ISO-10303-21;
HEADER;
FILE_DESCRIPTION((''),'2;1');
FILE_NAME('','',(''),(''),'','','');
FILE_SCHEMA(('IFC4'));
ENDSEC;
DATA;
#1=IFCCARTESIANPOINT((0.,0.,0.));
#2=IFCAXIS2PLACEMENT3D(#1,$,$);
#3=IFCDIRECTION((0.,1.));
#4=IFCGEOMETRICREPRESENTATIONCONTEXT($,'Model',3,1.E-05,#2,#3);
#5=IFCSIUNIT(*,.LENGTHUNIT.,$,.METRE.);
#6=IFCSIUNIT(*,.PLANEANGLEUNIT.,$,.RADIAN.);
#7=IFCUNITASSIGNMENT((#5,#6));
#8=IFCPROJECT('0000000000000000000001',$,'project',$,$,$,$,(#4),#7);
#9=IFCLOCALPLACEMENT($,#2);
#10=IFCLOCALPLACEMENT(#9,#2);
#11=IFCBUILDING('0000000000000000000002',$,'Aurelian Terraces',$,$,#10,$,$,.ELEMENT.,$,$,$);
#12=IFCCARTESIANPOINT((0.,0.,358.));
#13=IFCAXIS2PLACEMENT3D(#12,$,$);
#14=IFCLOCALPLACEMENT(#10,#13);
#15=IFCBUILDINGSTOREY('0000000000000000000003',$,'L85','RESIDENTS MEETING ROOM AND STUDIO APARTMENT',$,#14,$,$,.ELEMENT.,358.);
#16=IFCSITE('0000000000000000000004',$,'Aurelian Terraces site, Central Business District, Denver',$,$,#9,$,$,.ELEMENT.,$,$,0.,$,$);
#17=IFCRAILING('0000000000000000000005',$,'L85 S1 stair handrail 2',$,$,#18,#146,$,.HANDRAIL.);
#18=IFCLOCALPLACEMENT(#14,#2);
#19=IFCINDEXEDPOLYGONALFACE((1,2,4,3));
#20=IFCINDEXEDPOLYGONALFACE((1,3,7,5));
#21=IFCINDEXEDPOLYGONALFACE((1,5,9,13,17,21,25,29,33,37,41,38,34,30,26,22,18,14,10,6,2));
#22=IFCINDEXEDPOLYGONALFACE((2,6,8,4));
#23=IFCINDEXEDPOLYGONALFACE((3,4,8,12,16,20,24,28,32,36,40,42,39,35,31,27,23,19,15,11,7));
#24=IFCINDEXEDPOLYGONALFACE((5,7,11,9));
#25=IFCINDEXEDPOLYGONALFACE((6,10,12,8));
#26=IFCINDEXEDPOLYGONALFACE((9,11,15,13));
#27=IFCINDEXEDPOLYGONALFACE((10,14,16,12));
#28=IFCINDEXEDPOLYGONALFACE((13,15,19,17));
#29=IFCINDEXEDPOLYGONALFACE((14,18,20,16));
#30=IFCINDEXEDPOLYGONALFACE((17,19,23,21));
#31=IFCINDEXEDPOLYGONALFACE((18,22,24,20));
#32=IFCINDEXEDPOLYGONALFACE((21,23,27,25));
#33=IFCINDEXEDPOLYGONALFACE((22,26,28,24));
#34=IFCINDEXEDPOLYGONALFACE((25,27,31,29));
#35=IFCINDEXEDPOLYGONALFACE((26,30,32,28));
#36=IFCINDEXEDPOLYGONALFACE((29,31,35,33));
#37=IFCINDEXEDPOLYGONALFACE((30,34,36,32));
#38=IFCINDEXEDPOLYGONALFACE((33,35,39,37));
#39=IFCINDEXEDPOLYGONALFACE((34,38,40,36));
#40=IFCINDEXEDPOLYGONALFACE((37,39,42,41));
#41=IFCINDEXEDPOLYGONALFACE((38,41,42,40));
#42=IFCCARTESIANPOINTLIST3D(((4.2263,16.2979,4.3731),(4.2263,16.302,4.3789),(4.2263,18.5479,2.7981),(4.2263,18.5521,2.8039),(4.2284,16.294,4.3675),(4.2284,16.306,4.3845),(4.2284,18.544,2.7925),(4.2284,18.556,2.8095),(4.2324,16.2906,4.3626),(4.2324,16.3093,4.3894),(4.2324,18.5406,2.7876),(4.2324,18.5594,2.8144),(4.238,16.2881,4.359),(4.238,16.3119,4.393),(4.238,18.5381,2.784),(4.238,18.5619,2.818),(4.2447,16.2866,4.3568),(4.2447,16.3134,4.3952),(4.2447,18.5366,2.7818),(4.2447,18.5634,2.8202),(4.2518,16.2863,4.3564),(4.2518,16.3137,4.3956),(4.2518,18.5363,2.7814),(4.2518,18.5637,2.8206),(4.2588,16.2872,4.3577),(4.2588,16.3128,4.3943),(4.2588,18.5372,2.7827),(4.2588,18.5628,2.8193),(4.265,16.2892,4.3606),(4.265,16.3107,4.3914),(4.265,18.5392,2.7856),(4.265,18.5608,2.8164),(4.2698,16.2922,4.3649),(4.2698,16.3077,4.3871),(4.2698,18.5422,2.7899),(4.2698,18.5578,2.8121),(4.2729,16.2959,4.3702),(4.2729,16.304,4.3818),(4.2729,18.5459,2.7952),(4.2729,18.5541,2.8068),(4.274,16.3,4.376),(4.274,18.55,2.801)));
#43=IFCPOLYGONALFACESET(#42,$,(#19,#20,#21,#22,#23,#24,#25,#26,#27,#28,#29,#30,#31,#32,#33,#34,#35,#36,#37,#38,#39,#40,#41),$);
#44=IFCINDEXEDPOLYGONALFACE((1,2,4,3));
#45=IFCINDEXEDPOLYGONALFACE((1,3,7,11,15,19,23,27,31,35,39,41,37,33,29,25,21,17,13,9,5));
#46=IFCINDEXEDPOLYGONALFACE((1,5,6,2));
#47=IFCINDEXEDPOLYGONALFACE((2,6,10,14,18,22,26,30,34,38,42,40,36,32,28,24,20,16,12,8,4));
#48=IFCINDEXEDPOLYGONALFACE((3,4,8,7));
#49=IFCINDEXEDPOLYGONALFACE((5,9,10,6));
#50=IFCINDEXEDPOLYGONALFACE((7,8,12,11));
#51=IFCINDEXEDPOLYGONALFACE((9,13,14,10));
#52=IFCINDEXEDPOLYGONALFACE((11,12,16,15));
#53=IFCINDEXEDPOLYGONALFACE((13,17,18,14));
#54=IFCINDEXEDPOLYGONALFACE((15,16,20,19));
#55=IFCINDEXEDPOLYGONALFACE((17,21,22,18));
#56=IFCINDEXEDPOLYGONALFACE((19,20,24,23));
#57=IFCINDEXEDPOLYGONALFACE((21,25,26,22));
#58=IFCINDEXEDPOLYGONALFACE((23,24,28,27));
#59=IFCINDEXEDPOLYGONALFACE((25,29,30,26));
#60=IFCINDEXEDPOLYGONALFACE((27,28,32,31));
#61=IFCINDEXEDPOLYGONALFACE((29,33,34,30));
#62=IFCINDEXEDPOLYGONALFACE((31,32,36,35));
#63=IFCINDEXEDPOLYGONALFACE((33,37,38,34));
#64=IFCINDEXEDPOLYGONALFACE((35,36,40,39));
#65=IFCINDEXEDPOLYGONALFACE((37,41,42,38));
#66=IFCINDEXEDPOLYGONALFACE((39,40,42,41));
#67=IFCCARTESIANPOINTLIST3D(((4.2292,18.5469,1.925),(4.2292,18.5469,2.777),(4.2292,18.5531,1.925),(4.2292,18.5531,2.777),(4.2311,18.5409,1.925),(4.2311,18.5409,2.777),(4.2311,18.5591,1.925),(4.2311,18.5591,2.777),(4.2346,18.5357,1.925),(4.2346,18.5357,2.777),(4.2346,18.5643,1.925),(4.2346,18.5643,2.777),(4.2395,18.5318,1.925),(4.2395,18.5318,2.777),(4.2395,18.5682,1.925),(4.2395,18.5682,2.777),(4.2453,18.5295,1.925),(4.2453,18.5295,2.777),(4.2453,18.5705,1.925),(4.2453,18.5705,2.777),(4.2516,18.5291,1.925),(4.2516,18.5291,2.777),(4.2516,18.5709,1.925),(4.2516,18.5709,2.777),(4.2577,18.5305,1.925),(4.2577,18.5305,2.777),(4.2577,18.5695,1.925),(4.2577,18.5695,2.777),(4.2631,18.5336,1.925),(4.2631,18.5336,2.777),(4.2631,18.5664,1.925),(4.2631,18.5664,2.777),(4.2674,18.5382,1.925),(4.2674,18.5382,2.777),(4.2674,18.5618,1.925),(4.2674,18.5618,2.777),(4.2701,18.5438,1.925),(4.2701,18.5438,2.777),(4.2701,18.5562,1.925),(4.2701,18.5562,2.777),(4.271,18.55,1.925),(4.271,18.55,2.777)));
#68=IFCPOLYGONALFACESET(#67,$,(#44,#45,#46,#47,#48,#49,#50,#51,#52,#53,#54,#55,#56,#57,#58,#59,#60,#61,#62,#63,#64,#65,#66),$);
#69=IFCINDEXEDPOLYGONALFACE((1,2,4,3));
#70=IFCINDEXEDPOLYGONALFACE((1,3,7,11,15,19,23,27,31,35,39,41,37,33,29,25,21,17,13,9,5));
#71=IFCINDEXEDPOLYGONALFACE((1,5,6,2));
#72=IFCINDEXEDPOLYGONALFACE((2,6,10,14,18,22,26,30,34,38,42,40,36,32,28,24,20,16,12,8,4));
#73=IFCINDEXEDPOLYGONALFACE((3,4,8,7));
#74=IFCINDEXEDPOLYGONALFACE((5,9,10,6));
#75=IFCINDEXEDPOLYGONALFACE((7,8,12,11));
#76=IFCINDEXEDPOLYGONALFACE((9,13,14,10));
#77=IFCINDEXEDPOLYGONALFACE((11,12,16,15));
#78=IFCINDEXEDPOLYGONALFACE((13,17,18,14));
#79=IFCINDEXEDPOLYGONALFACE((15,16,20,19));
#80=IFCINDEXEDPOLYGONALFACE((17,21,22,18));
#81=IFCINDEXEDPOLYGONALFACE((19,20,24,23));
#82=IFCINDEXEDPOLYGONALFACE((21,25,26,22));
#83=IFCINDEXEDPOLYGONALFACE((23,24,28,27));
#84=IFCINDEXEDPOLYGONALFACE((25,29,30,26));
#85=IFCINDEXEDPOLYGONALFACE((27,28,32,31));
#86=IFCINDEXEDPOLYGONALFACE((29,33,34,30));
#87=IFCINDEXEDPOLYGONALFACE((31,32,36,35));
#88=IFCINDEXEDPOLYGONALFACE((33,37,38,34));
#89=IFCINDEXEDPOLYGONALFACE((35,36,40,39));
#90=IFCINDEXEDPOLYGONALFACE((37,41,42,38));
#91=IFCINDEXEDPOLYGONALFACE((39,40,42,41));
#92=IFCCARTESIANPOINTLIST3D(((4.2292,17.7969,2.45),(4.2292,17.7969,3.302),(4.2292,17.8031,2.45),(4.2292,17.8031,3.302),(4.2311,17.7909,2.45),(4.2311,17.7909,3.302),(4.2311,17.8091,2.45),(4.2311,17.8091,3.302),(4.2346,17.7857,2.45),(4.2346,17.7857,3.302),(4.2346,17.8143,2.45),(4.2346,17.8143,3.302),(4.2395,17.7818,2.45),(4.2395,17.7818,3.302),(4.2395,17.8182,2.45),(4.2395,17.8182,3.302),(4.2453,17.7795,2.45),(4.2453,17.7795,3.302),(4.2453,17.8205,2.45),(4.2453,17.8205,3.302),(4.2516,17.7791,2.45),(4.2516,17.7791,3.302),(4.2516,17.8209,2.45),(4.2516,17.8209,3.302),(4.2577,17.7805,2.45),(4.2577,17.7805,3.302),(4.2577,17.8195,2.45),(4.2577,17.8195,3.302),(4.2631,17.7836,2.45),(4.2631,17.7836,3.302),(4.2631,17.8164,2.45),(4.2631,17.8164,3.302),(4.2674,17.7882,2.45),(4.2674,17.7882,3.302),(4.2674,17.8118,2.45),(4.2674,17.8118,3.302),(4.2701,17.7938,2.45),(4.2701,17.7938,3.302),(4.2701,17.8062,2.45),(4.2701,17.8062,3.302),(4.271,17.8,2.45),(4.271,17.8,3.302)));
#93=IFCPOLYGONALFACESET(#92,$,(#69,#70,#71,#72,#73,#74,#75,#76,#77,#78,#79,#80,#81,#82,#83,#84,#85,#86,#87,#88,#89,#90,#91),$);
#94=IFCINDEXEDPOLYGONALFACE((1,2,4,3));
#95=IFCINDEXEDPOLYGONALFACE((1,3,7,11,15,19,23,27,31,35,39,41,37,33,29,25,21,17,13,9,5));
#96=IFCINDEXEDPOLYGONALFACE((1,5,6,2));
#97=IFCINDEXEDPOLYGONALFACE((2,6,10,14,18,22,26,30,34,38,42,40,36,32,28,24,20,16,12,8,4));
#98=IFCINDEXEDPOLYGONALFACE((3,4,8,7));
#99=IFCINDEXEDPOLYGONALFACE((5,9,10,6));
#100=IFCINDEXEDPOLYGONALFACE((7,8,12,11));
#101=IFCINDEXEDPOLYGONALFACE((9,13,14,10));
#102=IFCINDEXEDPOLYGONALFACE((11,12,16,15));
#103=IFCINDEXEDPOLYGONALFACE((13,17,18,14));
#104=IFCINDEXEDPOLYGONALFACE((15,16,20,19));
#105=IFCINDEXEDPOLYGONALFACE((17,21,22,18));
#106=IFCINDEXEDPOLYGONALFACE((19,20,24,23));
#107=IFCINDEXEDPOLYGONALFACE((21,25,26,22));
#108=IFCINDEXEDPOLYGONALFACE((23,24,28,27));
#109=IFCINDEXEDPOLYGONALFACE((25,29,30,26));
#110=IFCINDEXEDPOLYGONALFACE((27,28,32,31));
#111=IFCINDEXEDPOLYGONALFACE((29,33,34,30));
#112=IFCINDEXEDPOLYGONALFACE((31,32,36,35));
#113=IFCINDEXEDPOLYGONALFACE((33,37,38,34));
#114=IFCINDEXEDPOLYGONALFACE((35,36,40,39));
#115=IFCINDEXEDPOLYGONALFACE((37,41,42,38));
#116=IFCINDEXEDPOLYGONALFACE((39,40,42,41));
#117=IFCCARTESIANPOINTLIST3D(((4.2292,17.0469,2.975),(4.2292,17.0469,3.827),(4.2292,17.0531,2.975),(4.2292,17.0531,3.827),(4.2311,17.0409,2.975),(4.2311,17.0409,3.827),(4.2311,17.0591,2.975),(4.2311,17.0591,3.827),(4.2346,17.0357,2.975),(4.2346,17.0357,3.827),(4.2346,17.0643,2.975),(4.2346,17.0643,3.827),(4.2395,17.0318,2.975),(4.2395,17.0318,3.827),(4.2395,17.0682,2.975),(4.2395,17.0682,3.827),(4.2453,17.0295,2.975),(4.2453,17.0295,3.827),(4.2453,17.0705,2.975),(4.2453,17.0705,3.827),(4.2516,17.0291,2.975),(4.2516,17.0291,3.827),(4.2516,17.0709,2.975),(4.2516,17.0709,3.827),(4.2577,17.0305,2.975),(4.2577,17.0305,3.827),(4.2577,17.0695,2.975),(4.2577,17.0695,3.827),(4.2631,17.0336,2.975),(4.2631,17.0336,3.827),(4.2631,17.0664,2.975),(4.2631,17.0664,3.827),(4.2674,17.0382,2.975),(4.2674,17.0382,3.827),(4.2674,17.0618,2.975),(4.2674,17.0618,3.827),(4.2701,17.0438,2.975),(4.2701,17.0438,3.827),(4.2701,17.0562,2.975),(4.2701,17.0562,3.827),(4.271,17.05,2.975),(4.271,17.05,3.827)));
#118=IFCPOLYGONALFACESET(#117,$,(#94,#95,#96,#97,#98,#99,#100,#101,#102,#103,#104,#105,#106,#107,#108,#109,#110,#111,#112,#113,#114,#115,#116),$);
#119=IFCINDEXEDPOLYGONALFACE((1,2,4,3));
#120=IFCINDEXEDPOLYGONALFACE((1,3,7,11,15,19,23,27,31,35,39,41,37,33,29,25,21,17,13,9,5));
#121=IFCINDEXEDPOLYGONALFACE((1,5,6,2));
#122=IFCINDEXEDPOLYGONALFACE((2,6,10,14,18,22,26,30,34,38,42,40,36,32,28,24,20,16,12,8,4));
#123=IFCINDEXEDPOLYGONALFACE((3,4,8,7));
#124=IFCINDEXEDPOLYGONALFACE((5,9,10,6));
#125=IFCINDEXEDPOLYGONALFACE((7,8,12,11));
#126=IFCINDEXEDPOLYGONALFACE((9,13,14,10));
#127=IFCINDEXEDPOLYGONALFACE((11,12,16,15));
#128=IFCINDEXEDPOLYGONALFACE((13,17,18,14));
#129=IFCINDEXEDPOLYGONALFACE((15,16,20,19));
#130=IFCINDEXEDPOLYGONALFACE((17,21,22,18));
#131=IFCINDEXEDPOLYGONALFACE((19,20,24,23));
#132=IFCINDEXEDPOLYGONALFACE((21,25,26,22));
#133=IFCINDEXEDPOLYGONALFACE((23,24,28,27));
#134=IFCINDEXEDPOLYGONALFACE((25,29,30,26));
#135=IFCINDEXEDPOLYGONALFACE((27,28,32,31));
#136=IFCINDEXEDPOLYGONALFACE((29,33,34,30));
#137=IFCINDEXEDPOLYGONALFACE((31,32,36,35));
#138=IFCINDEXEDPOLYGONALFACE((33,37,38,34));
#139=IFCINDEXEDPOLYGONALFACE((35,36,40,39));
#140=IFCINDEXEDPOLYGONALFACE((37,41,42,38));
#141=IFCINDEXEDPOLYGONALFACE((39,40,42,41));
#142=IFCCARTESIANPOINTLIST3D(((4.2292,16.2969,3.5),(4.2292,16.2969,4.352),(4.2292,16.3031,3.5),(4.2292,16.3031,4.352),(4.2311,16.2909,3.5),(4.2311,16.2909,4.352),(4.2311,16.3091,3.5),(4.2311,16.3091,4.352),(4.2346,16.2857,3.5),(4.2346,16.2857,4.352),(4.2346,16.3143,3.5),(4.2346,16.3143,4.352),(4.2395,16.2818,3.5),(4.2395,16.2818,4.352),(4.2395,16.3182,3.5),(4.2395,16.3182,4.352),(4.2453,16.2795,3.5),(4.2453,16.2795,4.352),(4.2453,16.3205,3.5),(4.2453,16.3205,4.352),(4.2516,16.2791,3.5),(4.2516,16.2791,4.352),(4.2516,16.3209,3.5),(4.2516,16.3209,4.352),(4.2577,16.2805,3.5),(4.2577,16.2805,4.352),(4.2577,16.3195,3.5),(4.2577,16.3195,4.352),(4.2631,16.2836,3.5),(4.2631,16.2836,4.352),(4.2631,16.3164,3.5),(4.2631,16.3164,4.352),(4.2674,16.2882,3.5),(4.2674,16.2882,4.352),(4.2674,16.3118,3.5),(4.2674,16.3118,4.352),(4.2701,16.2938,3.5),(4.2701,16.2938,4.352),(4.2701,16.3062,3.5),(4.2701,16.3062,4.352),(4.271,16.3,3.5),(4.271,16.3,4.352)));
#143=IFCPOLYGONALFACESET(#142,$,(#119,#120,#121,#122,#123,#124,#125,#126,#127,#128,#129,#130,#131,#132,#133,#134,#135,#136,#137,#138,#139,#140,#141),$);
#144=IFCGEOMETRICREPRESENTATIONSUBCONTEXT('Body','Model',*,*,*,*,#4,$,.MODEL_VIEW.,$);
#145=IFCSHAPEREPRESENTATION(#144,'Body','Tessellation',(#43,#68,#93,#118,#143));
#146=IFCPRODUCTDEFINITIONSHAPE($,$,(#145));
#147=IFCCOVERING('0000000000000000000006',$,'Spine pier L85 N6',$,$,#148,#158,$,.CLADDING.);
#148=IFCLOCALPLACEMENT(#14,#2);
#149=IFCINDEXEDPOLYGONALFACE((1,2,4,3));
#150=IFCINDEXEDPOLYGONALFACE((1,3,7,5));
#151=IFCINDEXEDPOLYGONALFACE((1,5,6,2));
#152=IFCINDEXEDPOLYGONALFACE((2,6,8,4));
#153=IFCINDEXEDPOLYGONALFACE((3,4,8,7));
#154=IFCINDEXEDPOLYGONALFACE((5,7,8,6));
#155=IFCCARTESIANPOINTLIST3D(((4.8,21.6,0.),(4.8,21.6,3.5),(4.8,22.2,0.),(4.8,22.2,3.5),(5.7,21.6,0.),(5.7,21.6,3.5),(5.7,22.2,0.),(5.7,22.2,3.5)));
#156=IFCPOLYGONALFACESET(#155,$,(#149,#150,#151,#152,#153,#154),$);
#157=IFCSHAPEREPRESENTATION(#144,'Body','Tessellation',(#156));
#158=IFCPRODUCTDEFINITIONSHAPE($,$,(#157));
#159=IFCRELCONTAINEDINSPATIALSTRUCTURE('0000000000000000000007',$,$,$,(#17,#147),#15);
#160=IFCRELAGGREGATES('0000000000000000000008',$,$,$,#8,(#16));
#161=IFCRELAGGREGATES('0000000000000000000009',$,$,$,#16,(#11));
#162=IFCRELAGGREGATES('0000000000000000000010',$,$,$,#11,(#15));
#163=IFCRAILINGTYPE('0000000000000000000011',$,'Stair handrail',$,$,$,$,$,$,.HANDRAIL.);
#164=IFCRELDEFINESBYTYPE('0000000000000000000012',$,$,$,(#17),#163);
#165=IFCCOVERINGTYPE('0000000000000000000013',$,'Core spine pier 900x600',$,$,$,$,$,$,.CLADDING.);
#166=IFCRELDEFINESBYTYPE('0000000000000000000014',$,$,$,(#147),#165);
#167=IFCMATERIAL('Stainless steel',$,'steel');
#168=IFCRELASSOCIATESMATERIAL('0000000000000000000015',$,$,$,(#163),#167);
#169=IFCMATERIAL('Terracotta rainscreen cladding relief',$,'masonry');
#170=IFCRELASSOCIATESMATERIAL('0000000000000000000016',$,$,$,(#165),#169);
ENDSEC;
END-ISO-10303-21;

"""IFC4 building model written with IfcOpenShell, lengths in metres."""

from ifc_helpers import new_model, si_unit, direction, frame, origin, origin_2d, place, context, subcontext, project, spatial, rectangle, circle, extrude, source, transform, mapped, material, type_object, element, save


model = new_model("IFC4")

# Units and contexts
model_context = context("Model", 3, precision=1e-05, world=origin(), true_north=direction((0.0, 1.0)))
body_context = subcontext(model_context, "Body", "Model", "MODEL_VIEW")
ifc_project = project(units=[si_unit("LENGTHUNIT", "METRE"), si_unit("PLANEANGLEUNIT", "RADIAN")], contexts=[model_context])

# Site, building, storey
site_placement = place(None, origin())
site = spatial("IfcSite", under=ifc_project, at=site_placement, Name="Aurelian Terraces site, Central Business District, Denver", CompositionType="ELEMENT", RefElevation=0.0)
building_placement = place(site_placement, origin())
building = spatial("IfcBuilding", under=site, at=building_placement, Name="Aurelian Terraces", CompositionType="ELEMENT")
storey_placement = place(building_placement, frame((0.0, 0.0, 358.0)))
storey = spatial("IfcBuildingStorey", under=building, at=storey_placement, Name="L85", Description="RESIDENTS MEETING ROOM AND STUDIO APARTMENT", CompositionType="ELEMENT", Elevation=358.0)

# Railing
ifc_material_1 = material(Name="Stainless steel", Category="steel")
railing_type_1 = type_object("IfcRailingType", Name="Stair handrail", PredefinedType="HANDRAIL", material=ifc_material_1)
shared_shape_1 = source(origin(), body_context, "Body", "SweptSolid", [
    extrude(circle(Radius=0.024, at=origin_2d()), frame((0.0, 0.0, 0.876), z_axis=(0.0, -0.819232, 0.573462), x_axis=(1.0, 0.0, 0.0)), (0.0, 0.0, 1.0), 2.7465),
    extrude(circle(Radius=0.021, at=origin_2d()), origin(), (0.0, 0.0, 1.0), 0.852),
    extrude(circle(Radius=0.021, at=origin_2d()), frame((0.0, -0.75, 0.525)), (0.0, 0.0, 1.0), 0.852),
    extrude(circle(Radius=0.021, at=origin_2d()), frame((0.0, -1.5, 1.05)), (0.0, 0.0, 1.0), 0.852),
    extrude(circle(Radius=0.021, at=origin_2d()), frame((0.0, -2.25, 1.575)), (0.0, 0.0, 1.0), 0.852),
])
railing_1_placement = place(storey_placement, frame((4.25, 18.55, 1.925)))
element("IfcRailing", 1, at=railing_1_placement, inside=storey, type_object=railing_type_1, Name="L85 S1 stair handrail 2", PredefinedType="HANDRAIL", context=body_context, shape_type="MappedRepresentation", body=[
    mapped(shared_shape_1, transform((0.0, 0.0, 0.0), scale=1.0)),
])

# Covering
ifc_material_2 = material(Name="Terracotta rainscreen cladding relief", Category="masonry")
covering_type_1 = type_object("IfcCoveringType", Name="Core spine pier 900x600", PredefinedType="CLADDING", material=ifc_material_2)
shared_shape_2 = source(origin(), body_context, "Body", "SweptSolid", [
    extrude(rectangle(XDim=0.9, YDim=0.6, at=origin_2d()), origin(), (0.0, 0.0, 1.0), 3.5),
])
covering_1_placement = place(storey_placement, frame((5.25, 21.9, 0.0), z_axis=(0.0, 0.0, 1.0), x_axis=(1.0, 0.0, 0.0)))
element("IfcCovering", 2, at=covering_1_placement, inside=storey, type_object=covering_type_1, Name="Spine pier L85 N6", PredefinedType="CLADDING", context=body_context, shape_type="MappedRepresentation", body=[
    mapped(shared_shape_2, transform((0.0, 0.0, 0.0), scale=1.0)),
])

save(model, "model.ifc")
